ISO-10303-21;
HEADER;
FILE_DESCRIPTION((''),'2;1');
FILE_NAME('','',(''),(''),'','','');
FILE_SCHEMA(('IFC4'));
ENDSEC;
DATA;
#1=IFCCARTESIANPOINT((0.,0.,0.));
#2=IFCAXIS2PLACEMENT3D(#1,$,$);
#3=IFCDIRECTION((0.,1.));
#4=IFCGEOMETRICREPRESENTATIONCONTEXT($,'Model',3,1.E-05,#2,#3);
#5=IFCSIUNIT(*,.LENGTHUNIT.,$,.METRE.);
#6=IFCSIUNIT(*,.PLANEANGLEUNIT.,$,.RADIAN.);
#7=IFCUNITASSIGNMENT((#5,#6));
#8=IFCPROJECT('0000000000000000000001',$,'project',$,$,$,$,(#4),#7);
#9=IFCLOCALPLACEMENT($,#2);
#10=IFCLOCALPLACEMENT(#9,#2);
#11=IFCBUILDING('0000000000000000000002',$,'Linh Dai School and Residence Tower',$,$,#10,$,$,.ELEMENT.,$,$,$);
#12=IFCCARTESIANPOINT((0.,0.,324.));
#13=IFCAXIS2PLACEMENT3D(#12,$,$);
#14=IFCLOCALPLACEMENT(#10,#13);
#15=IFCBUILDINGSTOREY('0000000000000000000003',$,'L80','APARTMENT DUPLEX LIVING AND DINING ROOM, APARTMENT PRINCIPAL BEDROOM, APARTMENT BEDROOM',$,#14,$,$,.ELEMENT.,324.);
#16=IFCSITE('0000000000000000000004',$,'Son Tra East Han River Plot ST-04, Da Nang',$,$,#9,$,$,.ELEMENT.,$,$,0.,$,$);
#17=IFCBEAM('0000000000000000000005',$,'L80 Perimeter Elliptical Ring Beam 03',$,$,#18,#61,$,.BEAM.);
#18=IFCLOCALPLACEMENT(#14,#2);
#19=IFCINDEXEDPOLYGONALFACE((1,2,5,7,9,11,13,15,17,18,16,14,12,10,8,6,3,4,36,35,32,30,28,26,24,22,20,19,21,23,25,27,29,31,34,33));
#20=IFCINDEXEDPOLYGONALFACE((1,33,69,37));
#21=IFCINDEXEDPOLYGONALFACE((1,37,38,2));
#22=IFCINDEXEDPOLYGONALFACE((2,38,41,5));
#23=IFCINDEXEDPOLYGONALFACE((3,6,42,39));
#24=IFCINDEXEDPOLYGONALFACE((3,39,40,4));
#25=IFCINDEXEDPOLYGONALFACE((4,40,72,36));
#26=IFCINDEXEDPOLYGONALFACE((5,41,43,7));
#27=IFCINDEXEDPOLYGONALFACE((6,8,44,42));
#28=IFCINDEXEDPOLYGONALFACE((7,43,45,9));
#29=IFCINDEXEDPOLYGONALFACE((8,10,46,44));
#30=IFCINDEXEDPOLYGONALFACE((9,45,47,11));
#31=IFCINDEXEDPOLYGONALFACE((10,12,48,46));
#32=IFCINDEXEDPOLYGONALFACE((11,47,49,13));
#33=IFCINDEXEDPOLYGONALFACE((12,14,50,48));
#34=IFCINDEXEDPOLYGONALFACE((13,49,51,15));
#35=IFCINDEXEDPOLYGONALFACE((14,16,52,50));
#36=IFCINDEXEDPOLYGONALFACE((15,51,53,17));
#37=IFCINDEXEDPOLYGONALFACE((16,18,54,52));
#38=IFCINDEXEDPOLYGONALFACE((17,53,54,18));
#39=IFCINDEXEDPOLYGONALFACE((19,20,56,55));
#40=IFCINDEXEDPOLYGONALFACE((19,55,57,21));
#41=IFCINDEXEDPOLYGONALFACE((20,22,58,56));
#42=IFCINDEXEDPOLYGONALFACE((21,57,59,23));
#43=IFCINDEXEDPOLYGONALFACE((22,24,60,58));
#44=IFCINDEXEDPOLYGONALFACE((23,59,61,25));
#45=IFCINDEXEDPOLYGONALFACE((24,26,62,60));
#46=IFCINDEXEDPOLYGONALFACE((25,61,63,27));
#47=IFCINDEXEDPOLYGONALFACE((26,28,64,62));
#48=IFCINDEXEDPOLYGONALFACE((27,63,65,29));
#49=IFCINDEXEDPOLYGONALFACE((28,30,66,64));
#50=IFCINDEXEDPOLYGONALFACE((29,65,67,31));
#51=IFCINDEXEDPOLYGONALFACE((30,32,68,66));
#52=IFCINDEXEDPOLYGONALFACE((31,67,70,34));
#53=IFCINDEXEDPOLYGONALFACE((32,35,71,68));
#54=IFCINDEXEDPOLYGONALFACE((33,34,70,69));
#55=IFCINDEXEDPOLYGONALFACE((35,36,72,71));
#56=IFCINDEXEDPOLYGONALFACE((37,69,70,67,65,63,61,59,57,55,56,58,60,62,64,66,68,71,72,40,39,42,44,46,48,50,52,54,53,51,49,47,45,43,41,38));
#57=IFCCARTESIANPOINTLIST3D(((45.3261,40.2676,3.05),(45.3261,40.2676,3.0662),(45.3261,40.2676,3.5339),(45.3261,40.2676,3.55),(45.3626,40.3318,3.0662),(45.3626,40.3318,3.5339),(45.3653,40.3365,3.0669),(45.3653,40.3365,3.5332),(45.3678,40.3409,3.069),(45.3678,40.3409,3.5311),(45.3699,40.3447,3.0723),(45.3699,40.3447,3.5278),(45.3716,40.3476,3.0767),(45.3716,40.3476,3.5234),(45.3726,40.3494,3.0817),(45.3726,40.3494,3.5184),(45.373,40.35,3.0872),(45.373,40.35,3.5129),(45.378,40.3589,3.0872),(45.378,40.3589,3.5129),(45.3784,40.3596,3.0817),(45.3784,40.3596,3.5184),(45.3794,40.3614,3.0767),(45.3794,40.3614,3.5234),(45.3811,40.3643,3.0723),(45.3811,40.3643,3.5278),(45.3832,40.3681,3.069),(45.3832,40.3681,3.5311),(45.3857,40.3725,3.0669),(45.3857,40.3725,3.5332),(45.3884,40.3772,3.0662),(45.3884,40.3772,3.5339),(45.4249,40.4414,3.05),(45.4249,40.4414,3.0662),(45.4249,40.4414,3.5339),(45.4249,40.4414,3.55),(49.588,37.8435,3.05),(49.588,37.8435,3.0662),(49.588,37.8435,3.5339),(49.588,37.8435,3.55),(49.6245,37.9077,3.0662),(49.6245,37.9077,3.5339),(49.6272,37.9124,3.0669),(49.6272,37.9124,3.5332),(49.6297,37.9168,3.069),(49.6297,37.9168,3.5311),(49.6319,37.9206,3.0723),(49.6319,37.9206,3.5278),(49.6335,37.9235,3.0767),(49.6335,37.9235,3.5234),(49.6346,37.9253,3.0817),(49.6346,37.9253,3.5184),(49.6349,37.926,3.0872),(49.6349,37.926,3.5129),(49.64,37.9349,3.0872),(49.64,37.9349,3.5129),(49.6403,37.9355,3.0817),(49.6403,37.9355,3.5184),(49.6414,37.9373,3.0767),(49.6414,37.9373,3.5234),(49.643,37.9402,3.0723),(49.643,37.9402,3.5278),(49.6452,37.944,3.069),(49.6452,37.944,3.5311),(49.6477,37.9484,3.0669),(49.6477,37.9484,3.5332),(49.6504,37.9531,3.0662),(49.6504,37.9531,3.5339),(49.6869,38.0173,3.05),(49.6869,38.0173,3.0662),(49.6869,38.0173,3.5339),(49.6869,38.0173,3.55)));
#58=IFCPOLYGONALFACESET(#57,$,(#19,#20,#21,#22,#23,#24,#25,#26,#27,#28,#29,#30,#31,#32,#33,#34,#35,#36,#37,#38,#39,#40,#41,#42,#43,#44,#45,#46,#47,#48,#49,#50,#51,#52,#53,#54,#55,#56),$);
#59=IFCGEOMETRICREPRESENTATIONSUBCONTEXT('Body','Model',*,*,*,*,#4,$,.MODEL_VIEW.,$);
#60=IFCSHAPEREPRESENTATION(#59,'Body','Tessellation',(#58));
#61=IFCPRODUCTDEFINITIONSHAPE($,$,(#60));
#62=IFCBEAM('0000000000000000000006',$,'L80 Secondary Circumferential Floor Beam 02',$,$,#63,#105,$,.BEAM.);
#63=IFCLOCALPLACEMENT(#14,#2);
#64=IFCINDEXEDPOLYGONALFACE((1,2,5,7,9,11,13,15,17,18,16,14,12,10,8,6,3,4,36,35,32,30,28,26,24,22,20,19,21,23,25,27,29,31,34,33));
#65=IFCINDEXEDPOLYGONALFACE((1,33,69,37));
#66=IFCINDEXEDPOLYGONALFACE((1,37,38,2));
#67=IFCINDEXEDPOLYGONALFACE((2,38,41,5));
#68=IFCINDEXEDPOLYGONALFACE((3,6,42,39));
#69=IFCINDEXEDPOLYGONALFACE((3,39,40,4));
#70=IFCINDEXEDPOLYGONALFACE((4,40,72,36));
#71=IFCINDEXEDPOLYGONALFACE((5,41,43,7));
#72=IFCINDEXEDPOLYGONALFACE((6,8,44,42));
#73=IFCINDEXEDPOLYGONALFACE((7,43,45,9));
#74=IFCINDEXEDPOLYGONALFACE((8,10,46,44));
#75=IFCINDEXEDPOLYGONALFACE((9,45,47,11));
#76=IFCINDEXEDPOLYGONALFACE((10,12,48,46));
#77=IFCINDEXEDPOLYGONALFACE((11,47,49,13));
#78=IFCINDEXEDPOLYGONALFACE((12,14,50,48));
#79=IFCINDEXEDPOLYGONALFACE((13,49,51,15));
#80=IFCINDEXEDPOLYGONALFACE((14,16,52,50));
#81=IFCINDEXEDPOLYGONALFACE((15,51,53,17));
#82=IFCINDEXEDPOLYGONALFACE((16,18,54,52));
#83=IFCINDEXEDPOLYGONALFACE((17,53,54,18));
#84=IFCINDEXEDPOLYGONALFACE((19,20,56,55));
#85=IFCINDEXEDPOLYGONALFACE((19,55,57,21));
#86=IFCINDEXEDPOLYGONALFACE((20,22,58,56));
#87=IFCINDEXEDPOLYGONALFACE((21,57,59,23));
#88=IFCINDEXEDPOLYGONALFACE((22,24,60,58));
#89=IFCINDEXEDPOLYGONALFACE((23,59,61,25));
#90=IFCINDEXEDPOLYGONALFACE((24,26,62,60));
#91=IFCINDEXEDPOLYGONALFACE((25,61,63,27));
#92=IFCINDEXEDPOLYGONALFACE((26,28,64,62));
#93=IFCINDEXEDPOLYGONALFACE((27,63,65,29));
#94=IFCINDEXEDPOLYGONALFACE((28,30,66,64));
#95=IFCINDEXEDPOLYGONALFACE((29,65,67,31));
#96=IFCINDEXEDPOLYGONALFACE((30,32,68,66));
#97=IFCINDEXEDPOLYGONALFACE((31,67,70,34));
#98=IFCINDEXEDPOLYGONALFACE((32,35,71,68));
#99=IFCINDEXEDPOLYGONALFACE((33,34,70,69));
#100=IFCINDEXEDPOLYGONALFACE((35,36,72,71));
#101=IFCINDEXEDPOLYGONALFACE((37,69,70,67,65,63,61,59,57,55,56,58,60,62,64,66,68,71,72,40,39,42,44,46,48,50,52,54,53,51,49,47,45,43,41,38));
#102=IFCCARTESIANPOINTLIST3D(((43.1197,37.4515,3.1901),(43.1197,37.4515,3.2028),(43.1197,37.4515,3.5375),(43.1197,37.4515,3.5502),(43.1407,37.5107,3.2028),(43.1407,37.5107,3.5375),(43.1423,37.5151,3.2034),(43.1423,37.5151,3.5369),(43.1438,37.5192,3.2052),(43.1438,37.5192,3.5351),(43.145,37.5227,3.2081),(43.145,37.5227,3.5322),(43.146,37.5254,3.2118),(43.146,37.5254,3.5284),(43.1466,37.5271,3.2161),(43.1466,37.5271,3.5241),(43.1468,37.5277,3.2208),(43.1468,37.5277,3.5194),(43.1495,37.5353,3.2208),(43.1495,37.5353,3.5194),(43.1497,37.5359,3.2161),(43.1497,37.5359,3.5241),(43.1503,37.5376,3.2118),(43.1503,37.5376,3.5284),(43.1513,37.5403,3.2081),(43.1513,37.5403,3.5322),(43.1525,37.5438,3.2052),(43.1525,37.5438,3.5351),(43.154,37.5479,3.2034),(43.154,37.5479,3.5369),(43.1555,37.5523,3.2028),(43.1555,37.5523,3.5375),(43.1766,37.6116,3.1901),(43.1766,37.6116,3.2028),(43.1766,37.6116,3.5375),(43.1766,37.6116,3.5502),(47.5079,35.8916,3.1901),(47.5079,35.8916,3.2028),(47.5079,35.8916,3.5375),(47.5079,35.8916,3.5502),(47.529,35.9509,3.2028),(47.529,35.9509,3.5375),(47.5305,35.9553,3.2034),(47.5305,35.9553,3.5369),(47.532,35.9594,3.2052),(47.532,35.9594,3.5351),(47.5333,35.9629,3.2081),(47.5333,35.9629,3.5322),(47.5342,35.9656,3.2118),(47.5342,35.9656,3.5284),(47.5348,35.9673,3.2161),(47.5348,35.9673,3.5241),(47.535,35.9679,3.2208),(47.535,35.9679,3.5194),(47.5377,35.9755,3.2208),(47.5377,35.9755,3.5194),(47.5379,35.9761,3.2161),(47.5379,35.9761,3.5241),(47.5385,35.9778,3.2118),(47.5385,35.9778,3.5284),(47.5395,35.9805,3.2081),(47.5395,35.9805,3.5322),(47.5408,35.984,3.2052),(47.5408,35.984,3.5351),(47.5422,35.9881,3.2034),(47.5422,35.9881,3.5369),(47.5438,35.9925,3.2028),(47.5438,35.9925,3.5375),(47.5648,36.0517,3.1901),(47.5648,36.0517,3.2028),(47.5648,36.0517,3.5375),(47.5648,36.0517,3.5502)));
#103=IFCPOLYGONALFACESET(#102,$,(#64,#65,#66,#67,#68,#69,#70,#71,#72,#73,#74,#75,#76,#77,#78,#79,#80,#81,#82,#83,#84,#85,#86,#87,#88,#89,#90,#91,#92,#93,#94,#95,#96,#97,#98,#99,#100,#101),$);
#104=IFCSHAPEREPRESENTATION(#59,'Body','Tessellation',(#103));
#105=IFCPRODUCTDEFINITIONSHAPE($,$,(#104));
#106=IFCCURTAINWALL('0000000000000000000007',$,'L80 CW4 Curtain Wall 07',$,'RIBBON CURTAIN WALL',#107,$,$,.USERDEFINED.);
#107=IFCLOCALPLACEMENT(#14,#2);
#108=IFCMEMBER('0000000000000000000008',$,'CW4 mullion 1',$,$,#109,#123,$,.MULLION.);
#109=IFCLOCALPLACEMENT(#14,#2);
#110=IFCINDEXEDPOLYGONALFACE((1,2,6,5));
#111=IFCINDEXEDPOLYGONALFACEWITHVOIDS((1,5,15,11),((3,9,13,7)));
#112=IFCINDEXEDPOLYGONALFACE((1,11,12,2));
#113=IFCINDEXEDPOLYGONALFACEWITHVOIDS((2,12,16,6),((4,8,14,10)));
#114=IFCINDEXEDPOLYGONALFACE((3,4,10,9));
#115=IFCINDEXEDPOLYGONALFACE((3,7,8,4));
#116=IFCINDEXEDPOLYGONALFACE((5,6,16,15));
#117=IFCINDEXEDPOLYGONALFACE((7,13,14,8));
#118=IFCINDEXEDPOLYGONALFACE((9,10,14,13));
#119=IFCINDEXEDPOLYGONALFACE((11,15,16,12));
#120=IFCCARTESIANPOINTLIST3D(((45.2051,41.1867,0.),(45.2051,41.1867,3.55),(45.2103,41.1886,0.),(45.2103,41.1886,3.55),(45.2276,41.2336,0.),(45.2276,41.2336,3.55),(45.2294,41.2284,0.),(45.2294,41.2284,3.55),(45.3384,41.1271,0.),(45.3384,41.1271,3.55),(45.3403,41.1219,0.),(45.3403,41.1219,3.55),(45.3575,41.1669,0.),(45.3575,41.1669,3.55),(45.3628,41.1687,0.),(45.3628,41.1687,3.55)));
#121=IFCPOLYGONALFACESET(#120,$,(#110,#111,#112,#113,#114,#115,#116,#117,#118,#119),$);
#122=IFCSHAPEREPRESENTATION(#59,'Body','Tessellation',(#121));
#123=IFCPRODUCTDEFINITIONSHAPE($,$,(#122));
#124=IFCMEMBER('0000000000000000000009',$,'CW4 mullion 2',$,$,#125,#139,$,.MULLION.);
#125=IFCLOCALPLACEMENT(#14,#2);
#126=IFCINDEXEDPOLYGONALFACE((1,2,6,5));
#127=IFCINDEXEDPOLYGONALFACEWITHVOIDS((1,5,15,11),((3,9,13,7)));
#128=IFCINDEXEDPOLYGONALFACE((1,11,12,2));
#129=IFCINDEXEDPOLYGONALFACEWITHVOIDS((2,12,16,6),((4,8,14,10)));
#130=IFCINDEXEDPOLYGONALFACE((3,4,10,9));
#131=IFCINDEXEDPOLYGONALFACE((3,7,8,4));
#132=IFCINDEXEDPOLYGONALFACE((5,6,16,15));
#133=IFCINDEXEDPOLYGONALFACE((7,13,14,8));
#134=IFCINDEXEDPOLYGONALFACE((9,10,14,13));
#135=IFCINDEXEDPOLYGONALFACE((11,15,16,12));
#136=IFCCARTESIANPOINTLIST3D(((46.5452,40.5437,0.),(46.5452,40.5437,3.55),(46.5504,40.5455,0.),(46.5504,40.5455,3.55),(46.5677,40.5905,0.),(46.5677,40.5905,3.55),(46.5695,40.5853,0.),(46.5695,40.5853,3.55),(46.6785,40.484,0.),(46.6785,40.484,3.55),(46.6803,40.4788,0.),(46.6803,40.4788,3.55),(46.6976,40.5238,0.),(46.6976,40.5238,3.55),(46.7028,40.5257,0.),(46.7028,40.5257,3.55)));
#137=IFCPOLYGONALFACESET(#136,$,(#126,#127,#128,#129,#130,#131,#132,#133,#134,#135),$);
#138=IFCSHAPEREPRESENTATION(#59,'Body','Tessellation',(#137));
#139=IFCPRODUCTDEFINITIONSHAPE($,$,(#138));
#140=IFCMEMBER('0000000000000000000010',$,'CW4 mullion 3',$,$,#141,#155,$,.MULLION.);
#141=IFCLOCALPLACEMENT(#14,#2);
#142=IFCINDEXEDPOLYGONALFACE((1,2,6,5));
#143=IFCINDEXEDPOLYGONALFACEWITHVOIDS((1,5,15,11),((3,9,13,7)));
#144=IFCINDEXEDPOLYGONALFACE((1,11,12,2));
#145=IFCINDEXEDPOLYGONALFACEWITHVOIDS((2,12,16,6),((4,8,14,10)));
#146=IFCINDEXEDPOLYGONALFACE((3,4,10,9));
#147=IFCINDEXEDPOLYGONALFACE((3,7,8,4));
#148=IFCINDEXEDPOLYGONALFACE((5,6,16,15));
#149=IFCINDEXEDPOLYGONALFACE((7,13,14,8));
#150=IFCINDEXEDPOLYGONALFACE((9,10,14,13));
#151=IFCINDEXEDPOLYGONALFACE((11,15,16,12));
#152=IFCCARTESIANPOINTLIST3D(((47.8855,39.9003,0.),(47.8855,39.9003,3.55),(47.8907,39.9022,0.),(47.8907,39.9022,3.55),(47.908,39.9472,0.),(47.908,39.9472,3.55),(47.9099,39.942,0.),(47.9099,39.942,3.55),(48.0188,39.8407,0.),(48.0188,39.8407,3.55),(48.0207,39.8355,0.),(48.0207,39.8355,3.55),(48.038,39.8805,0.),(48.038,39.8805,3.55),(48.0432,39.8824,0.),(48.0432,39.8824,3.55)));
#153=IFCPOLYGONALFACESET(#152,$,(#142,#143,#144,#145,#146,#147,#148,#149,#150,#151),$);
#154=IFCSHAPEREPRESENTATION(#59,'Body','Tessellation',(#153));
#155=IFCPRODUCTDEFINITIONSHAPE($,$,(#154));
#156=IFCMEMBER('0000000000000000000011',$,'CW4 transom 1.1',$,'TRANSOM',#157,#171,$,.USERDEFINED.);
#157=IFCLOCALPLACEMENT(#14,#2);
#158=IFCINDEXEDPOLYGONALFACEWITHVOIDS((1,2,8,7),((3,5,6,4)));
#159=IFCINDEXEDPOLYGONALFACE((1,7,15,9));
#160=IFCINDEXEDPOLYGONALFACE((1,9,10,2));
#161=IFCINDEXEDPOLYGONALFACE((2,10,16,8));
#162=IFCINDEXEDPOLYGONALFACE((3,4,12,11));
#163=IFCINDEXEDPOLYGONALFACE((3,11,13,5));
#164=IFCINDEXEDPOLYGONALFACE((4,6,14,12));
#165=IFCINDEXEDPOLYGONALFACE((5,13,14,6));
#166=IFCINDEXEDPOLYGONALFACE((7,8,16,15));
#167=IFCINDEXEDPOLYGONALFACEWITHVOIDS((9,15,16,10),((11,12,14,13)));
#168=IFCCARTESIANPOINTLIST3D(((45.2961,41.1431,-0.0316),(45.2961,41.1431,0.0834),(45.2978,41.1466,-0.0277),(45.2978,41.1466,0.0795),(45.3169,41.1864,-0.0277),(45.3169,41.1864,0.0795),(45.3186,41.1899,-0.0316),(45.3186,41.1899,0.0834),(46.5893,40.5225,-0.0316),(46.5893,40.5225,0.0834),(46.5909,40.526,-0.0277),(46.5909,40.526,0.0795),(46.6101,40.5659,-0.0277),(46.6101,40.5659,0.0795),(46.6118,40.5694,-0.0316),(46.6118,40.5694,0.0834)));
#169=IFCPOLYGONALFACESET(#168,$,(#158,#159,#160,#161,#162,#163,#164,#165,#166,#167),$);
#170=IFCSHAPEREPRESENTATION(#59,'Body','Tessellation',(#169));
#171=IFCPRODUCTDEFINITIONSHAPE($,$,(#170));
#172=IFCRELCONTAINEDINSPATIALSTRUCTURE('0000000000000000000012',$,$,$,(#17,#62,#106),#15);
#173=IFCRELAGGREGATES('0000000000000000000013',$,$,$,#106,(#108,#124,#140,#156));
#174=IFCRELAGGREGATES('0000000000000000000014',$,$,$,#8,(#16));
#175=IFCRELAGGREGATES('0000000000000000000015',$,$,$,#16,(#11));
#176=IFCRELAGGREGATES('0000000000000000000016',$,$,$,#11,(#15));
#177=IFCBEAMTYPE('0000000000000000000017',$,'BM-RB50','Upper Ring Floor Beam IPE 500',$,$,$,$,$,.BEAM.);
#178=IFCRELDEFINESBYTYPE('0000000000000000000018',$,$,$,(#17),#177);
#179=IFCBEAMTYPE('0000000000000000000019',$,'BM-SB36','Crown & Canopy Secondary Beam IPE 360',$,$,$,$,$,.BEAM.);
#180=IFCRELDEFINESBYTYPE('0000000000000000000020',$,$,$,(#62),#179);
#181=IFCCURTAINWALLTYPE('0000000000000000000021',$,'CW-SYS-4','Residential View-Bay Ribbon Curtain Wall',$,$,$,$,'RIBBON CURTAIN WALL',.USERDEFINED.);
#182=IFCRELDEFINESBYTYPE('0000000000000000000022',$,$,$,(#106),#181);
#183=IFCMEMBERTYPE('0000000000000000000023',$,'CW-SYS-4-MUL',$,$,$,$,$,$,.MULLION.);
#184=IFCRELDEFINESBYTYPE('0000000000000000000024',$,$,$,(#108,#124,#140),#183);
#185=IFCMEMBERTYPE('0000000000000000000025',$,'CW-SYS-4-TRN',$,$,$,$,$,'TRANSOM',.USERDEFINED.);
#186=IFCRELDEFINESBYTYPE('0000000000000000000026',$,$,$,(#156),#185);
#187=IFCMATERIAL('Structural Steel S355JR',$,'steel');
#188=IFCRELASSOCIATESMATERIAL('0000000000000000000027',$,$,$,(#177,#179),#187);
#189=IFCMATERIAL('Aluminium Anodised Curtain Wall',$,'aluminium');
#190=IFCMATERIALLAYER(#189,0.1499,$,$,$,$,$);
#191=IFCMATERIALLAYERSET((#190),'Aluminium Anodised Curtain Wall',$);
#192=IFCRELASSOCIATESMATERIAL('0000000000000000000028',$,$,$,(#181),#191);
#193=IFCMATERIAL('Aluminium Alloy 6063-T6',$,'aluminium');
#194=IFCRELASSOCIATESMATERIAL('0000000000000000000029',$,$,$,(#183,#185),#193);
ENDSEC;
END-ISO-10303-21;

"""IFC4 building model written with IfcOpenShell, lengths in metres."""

from ifc_helpers import new_model, si_unit, direction, frame, origin, origin_2d, place, context, subcontext, project, spatial, hollow_rectangle, i_section, extrude, source, transform, mapped, material, layer, layer_set, material_profile, profile_set, type_object, element, aggregate, save


model = new_model("IFC4")

# Units and contexts
model_context = context("Model", 3, precision=1e-05, world=origin(), true_north=direction((0.0, 1.0)))
body_context = subcontext(model_context, "Body", "Model", "MODEL_VIEW")
ifc_project = project(units=[si_unit("LENGTHUNIT", "METRE"), si_unit("PLANEANGLEUNIT", "RADIAN")], contexts=[model_context])

# Site, building, storey
site_placement = place(None, origin())
site = spatial("IfcSite", under=ifc_project, at=site_placement, Name="Son Tra East Han River Plot ST-04, Da Nang", CompositionType="ELEMENT", RefElevation=0.0)
building_placement = place(site_placement, origin())
building = spatial("IfcBuilding", under=site, at=building_placement, Name="Linh Dai School and Residence Tower", CompositionType="ELEMENT")
storey_placement = place(building_placement, frame((0.0, 0.0, 324.0)))
storey = spatial("IfcBuildingStorey", under=building, at=storey_placement, Name="L80", Description="APARTMENT DUPLEX LIVING AND DINING ROOM, APARTMENT PRINCIPAL BEDROOM, APARTMENT BEDROOM", CompositionType="ELEMENT", Elevation=324.0)

# Shared definitions
ifc_material_1 = material(Name="Structural Steel S355JR", Category="steel")

# Beams
ifc_material_profile_1 = material_profile(ifc_material_1, i_section(OverallWidth=0.2, OverallDepth=0.5, WebThickness=0.0103, FlangeThickness=0.0161, FilletRadius=0.021, at=origin_2d()), Name="IPE 500")
ifc_profile_set_1 = profile_set([ifc_material_profile_1], Name="Structural Steel S355JR")
beam_type_1 = type_object("IfcBeamType", Name="BM-RB50", Description="Upper Ring Floor Beam IPE 500", PredefinedType="BEAM", material=ifc_profile_set_1)
beam_1_placement = place(storey_placement, frame((49.6375, 37.9304, 3.3), z_axis=(-0.869237, 0.494395, 0.0), x_axis=(-0.494395, -0.869237, 0.0)))
element("IfcBeam", 1, at=beam_1_placement, inside=storey, type_object=beam_type_1, Name="L80 Perimeter Elliptical Ring Beam 03", PredefinedType="BEAM", context=body_context, shape_type="SweptSolid", body=[
    extrude(i_section(OverallWidth=0.2, OverallDepth=0.5, WebThickness=0.0103, FlangeThickness=0.0161, FilletRadius=0.021, at=origin_2d()), origin(), (0.0, 0.0, 1.0), 4.9031),
])
ifc_material_profile_2 = material_profile(ifc_material_1, i_section(OverallWidth=0.1699, OverallDepth=0.3601, WebThickness=0.0081, FlangeThickness=0.0127, FilletRadius=0.0181, at=origin_2d()), Name="IPE 360")
ifc_profile_set_2 = profile_set([ifc_material_profile_2], Name="Structural Steel S355JR")
beam_type_2 = type_object("IfcBeamType", Name="BM-SB36", Description="Crown & Canopy Secondary Beam IPE 360", PredefinedType="BEAM", material=ifc_profile_set_2)
beam_2_placement = place(storey_placement, frame((47.5364, 35.9717, 3.3701), z_axis=(-0.942244, 0.334928, 0.0), x_axis=(-0.334928, -0.942244, 0.0)))
element("IfcBeam", 2, at=beam_2_placement, inside=storey, type_object=beam_type_2, Name="L80 Secondary Circumferential Floor Beam 02", PredefinedType="BEAM", context=body_context, shape_type="SweptSolid", body=[
    extrude(i_section(OverallWidth=0.1699, OverallDepth=0.3601, WebThickness=0.0081, FlangeThickness=0.0127, FilletRadius=0.0181, at=origin_2d()), origin(), (0.0, 0.0, 1.0), 4.6572),
])

# Curtain wall, members
ifc_material_2 = material(Name="Aluminium Anodised Curtain Wall", Category="aluminium")
ifc_layer_1 = layer(ifc_material_2, 0.1499)
ifc_layer_set_1 = layer_set([ifc_layer_1], Name="Aluminium Anodised Curtain Wall")
curtain_wall_type = type_object("IfcCurtainWallType", Name="CW-SYS-4", Description="Residential View-Bay Ribbon Curtain Wall", ElementType="RIBBON CURTAIN WALL", PredefinedType="USERDEFINED", material=ifc_layer_set_1)
curtain_wall_placement = place(storey_placement, origin())
curtain_wall = element("IfcCurtainWall", 3, at=curtain_wall_placement, inside=storey, type_object=curtain_wall_type, Name="L80 CW4 Curtain Wall 07", ObjectType="RIBBON CURTAIN WALL", PredefinedType="USERDEFINED")
ifc_material_3 = material(Name="Aluminium Alloy 6063-T6", Category="aluminium")
ifc_material_profile_3 = material_profile(ifc_material_3, hollow_rectangle(XDim=0.052, YDim=0.1499, WallThickness=0.0039, at=origin_2d()), Name="RHS 150x52x4")
ifc_profile_set_3 = profile_set([ifc_material_profile_3], Name="Aluminium Alloy 6063-T6")
member_type_1 = type_object("IfcMemberType", Name="CW-SYS-4-MUL", PredefinedType="MULLION", material=ifc_profile_set_3)
shared_shape_1 = source(origin(), body_context, "Body", "SweptSolid", [
    extrude(hollow_rectangle(XDim=0.052, YDim=0.1499, WallThickness=0.0039, at=origin_2d()), origin(), (0.0, 0.0, 1.0), 3.55),
])
member_1_placement = place(storey_placement, frame((45.2839, 41.1777, 0.0), z_axis=(0.0, 0.0, 1.0), x_axis=(0.432674, 0.901551, 0.0)))
member_1 = element("IfcMember", 4, at=member_1_placement, type_object=member_type_1, Name="CW4 mullion 1", PredefinedType="MULLION", context=body_context, shape_type="MappedRepresentation", body=[
    mapped(shared_shape_1, transform((0.0, 0.0, 0.0), x_axis=(1.0, 0.0, 0.0), y_axis=(0.0, 1.0, 0.0), z_axis=(0.0, 0.0, 1.0), scale=1.0)),
])
member_2_placement = place(storey_placement, frame((46.624, 40.5347, 0.0), z_axis=(0.0, 0.0, 1.0), x_axis=(0.432674, 0.901551, 0.0)))
member_2 = element("IfcMember", 5, at=member_2_placement, type_object=member_type_1, Name="CW4 mullion 2", PredefinedType="MULLION", context=body_context, shape_type="MappedRepresentation", body=[
    mapped(shared_shape_1, transform((0.0, 0.0, 0.0), x_axis=(1.0, 0.0, 0.0), y_axis=(0.0, 1.0, 0.0), z_axis=(0.0, 0.0, 1.0), scale=1.0)),
])
member_3_placement = place(storey_placement, frame((47.9644, 39.8914, 0.0), z_axis=(0.0, 0.0, 1.0), x_axis=(0.432674, 0.901551, 0.0)))
member_3 = element("IfcMember", 6, at=member_3_placement, type_object=member_type_1, Name="CW4 mullion 3", PredefinedType="MULLION", context=body_context, shape_type="MappedRepresentation", body=[
    mapped(shared_shape_1, transform((0.0, 0.0, 0.0), x_axis=(1.0, 0.0, 0.0), y_axis=(0.0, 1.0, 0.0), z_axis=(0.0, 0.0, 1.0), scale=1.0)),
])
ifc_material_profile_4 = material_profile(ifc_material_3, hollow_rectangle(XDim=0.052, YDim=0.115, WallThickness=0.0039, at=origin_2d()), Name="RHS 115x52x4")
ifc_profile_set_4 = profile_set([ifc_material_profile_4], Name="Aluminium Alloy 6063-T6")
member_type_2 = type_object("IfcMemberType", Name="CW-SYS-4-TRN", ElementType="TRANSOM", PredefinedType="USERDEFINED", material=ifc_profile_set_4)
shared_shape_2 = source(origin(), body_context, "Body", "SweptSolid", [
    extrude(hollow_rectangle(XDim=0.052, YDim=0.115, WallThickness=0.0039, at=origin_2d()), origin(), (0.0, 0.0, 1.0), 1.4343),
])
member_4_placement = place(storey_placement, frame((45.3074, 41.1665, 0.0259), z_axis=(0.90156, -0.432654, 0.0), x_axis=(0.432654, 0.90156, 0.0)))
member_4 = element("IfcMember", 7, at=member_4_placement, type_object=member_type_2, Name="CW4 transom 1.1", ObjectType="TRANSOM", PredefinedType="USERDEFINED", context=body_context, shape_type="MappedRepresentation", body=[
    mapped(shared_shape_2, transform((0.0, 0.0, 0.0), x_axis=(1.0, 0.0, 0.0), y_axis=(0.0, 1.0, 0.0), z_axis=(0.0, 0.0, 1.0), scale=1.0)),
])

aggregate(curtain_wall, [member_1, member_2, member_3, member_4])

save(model, "model.ifc")
